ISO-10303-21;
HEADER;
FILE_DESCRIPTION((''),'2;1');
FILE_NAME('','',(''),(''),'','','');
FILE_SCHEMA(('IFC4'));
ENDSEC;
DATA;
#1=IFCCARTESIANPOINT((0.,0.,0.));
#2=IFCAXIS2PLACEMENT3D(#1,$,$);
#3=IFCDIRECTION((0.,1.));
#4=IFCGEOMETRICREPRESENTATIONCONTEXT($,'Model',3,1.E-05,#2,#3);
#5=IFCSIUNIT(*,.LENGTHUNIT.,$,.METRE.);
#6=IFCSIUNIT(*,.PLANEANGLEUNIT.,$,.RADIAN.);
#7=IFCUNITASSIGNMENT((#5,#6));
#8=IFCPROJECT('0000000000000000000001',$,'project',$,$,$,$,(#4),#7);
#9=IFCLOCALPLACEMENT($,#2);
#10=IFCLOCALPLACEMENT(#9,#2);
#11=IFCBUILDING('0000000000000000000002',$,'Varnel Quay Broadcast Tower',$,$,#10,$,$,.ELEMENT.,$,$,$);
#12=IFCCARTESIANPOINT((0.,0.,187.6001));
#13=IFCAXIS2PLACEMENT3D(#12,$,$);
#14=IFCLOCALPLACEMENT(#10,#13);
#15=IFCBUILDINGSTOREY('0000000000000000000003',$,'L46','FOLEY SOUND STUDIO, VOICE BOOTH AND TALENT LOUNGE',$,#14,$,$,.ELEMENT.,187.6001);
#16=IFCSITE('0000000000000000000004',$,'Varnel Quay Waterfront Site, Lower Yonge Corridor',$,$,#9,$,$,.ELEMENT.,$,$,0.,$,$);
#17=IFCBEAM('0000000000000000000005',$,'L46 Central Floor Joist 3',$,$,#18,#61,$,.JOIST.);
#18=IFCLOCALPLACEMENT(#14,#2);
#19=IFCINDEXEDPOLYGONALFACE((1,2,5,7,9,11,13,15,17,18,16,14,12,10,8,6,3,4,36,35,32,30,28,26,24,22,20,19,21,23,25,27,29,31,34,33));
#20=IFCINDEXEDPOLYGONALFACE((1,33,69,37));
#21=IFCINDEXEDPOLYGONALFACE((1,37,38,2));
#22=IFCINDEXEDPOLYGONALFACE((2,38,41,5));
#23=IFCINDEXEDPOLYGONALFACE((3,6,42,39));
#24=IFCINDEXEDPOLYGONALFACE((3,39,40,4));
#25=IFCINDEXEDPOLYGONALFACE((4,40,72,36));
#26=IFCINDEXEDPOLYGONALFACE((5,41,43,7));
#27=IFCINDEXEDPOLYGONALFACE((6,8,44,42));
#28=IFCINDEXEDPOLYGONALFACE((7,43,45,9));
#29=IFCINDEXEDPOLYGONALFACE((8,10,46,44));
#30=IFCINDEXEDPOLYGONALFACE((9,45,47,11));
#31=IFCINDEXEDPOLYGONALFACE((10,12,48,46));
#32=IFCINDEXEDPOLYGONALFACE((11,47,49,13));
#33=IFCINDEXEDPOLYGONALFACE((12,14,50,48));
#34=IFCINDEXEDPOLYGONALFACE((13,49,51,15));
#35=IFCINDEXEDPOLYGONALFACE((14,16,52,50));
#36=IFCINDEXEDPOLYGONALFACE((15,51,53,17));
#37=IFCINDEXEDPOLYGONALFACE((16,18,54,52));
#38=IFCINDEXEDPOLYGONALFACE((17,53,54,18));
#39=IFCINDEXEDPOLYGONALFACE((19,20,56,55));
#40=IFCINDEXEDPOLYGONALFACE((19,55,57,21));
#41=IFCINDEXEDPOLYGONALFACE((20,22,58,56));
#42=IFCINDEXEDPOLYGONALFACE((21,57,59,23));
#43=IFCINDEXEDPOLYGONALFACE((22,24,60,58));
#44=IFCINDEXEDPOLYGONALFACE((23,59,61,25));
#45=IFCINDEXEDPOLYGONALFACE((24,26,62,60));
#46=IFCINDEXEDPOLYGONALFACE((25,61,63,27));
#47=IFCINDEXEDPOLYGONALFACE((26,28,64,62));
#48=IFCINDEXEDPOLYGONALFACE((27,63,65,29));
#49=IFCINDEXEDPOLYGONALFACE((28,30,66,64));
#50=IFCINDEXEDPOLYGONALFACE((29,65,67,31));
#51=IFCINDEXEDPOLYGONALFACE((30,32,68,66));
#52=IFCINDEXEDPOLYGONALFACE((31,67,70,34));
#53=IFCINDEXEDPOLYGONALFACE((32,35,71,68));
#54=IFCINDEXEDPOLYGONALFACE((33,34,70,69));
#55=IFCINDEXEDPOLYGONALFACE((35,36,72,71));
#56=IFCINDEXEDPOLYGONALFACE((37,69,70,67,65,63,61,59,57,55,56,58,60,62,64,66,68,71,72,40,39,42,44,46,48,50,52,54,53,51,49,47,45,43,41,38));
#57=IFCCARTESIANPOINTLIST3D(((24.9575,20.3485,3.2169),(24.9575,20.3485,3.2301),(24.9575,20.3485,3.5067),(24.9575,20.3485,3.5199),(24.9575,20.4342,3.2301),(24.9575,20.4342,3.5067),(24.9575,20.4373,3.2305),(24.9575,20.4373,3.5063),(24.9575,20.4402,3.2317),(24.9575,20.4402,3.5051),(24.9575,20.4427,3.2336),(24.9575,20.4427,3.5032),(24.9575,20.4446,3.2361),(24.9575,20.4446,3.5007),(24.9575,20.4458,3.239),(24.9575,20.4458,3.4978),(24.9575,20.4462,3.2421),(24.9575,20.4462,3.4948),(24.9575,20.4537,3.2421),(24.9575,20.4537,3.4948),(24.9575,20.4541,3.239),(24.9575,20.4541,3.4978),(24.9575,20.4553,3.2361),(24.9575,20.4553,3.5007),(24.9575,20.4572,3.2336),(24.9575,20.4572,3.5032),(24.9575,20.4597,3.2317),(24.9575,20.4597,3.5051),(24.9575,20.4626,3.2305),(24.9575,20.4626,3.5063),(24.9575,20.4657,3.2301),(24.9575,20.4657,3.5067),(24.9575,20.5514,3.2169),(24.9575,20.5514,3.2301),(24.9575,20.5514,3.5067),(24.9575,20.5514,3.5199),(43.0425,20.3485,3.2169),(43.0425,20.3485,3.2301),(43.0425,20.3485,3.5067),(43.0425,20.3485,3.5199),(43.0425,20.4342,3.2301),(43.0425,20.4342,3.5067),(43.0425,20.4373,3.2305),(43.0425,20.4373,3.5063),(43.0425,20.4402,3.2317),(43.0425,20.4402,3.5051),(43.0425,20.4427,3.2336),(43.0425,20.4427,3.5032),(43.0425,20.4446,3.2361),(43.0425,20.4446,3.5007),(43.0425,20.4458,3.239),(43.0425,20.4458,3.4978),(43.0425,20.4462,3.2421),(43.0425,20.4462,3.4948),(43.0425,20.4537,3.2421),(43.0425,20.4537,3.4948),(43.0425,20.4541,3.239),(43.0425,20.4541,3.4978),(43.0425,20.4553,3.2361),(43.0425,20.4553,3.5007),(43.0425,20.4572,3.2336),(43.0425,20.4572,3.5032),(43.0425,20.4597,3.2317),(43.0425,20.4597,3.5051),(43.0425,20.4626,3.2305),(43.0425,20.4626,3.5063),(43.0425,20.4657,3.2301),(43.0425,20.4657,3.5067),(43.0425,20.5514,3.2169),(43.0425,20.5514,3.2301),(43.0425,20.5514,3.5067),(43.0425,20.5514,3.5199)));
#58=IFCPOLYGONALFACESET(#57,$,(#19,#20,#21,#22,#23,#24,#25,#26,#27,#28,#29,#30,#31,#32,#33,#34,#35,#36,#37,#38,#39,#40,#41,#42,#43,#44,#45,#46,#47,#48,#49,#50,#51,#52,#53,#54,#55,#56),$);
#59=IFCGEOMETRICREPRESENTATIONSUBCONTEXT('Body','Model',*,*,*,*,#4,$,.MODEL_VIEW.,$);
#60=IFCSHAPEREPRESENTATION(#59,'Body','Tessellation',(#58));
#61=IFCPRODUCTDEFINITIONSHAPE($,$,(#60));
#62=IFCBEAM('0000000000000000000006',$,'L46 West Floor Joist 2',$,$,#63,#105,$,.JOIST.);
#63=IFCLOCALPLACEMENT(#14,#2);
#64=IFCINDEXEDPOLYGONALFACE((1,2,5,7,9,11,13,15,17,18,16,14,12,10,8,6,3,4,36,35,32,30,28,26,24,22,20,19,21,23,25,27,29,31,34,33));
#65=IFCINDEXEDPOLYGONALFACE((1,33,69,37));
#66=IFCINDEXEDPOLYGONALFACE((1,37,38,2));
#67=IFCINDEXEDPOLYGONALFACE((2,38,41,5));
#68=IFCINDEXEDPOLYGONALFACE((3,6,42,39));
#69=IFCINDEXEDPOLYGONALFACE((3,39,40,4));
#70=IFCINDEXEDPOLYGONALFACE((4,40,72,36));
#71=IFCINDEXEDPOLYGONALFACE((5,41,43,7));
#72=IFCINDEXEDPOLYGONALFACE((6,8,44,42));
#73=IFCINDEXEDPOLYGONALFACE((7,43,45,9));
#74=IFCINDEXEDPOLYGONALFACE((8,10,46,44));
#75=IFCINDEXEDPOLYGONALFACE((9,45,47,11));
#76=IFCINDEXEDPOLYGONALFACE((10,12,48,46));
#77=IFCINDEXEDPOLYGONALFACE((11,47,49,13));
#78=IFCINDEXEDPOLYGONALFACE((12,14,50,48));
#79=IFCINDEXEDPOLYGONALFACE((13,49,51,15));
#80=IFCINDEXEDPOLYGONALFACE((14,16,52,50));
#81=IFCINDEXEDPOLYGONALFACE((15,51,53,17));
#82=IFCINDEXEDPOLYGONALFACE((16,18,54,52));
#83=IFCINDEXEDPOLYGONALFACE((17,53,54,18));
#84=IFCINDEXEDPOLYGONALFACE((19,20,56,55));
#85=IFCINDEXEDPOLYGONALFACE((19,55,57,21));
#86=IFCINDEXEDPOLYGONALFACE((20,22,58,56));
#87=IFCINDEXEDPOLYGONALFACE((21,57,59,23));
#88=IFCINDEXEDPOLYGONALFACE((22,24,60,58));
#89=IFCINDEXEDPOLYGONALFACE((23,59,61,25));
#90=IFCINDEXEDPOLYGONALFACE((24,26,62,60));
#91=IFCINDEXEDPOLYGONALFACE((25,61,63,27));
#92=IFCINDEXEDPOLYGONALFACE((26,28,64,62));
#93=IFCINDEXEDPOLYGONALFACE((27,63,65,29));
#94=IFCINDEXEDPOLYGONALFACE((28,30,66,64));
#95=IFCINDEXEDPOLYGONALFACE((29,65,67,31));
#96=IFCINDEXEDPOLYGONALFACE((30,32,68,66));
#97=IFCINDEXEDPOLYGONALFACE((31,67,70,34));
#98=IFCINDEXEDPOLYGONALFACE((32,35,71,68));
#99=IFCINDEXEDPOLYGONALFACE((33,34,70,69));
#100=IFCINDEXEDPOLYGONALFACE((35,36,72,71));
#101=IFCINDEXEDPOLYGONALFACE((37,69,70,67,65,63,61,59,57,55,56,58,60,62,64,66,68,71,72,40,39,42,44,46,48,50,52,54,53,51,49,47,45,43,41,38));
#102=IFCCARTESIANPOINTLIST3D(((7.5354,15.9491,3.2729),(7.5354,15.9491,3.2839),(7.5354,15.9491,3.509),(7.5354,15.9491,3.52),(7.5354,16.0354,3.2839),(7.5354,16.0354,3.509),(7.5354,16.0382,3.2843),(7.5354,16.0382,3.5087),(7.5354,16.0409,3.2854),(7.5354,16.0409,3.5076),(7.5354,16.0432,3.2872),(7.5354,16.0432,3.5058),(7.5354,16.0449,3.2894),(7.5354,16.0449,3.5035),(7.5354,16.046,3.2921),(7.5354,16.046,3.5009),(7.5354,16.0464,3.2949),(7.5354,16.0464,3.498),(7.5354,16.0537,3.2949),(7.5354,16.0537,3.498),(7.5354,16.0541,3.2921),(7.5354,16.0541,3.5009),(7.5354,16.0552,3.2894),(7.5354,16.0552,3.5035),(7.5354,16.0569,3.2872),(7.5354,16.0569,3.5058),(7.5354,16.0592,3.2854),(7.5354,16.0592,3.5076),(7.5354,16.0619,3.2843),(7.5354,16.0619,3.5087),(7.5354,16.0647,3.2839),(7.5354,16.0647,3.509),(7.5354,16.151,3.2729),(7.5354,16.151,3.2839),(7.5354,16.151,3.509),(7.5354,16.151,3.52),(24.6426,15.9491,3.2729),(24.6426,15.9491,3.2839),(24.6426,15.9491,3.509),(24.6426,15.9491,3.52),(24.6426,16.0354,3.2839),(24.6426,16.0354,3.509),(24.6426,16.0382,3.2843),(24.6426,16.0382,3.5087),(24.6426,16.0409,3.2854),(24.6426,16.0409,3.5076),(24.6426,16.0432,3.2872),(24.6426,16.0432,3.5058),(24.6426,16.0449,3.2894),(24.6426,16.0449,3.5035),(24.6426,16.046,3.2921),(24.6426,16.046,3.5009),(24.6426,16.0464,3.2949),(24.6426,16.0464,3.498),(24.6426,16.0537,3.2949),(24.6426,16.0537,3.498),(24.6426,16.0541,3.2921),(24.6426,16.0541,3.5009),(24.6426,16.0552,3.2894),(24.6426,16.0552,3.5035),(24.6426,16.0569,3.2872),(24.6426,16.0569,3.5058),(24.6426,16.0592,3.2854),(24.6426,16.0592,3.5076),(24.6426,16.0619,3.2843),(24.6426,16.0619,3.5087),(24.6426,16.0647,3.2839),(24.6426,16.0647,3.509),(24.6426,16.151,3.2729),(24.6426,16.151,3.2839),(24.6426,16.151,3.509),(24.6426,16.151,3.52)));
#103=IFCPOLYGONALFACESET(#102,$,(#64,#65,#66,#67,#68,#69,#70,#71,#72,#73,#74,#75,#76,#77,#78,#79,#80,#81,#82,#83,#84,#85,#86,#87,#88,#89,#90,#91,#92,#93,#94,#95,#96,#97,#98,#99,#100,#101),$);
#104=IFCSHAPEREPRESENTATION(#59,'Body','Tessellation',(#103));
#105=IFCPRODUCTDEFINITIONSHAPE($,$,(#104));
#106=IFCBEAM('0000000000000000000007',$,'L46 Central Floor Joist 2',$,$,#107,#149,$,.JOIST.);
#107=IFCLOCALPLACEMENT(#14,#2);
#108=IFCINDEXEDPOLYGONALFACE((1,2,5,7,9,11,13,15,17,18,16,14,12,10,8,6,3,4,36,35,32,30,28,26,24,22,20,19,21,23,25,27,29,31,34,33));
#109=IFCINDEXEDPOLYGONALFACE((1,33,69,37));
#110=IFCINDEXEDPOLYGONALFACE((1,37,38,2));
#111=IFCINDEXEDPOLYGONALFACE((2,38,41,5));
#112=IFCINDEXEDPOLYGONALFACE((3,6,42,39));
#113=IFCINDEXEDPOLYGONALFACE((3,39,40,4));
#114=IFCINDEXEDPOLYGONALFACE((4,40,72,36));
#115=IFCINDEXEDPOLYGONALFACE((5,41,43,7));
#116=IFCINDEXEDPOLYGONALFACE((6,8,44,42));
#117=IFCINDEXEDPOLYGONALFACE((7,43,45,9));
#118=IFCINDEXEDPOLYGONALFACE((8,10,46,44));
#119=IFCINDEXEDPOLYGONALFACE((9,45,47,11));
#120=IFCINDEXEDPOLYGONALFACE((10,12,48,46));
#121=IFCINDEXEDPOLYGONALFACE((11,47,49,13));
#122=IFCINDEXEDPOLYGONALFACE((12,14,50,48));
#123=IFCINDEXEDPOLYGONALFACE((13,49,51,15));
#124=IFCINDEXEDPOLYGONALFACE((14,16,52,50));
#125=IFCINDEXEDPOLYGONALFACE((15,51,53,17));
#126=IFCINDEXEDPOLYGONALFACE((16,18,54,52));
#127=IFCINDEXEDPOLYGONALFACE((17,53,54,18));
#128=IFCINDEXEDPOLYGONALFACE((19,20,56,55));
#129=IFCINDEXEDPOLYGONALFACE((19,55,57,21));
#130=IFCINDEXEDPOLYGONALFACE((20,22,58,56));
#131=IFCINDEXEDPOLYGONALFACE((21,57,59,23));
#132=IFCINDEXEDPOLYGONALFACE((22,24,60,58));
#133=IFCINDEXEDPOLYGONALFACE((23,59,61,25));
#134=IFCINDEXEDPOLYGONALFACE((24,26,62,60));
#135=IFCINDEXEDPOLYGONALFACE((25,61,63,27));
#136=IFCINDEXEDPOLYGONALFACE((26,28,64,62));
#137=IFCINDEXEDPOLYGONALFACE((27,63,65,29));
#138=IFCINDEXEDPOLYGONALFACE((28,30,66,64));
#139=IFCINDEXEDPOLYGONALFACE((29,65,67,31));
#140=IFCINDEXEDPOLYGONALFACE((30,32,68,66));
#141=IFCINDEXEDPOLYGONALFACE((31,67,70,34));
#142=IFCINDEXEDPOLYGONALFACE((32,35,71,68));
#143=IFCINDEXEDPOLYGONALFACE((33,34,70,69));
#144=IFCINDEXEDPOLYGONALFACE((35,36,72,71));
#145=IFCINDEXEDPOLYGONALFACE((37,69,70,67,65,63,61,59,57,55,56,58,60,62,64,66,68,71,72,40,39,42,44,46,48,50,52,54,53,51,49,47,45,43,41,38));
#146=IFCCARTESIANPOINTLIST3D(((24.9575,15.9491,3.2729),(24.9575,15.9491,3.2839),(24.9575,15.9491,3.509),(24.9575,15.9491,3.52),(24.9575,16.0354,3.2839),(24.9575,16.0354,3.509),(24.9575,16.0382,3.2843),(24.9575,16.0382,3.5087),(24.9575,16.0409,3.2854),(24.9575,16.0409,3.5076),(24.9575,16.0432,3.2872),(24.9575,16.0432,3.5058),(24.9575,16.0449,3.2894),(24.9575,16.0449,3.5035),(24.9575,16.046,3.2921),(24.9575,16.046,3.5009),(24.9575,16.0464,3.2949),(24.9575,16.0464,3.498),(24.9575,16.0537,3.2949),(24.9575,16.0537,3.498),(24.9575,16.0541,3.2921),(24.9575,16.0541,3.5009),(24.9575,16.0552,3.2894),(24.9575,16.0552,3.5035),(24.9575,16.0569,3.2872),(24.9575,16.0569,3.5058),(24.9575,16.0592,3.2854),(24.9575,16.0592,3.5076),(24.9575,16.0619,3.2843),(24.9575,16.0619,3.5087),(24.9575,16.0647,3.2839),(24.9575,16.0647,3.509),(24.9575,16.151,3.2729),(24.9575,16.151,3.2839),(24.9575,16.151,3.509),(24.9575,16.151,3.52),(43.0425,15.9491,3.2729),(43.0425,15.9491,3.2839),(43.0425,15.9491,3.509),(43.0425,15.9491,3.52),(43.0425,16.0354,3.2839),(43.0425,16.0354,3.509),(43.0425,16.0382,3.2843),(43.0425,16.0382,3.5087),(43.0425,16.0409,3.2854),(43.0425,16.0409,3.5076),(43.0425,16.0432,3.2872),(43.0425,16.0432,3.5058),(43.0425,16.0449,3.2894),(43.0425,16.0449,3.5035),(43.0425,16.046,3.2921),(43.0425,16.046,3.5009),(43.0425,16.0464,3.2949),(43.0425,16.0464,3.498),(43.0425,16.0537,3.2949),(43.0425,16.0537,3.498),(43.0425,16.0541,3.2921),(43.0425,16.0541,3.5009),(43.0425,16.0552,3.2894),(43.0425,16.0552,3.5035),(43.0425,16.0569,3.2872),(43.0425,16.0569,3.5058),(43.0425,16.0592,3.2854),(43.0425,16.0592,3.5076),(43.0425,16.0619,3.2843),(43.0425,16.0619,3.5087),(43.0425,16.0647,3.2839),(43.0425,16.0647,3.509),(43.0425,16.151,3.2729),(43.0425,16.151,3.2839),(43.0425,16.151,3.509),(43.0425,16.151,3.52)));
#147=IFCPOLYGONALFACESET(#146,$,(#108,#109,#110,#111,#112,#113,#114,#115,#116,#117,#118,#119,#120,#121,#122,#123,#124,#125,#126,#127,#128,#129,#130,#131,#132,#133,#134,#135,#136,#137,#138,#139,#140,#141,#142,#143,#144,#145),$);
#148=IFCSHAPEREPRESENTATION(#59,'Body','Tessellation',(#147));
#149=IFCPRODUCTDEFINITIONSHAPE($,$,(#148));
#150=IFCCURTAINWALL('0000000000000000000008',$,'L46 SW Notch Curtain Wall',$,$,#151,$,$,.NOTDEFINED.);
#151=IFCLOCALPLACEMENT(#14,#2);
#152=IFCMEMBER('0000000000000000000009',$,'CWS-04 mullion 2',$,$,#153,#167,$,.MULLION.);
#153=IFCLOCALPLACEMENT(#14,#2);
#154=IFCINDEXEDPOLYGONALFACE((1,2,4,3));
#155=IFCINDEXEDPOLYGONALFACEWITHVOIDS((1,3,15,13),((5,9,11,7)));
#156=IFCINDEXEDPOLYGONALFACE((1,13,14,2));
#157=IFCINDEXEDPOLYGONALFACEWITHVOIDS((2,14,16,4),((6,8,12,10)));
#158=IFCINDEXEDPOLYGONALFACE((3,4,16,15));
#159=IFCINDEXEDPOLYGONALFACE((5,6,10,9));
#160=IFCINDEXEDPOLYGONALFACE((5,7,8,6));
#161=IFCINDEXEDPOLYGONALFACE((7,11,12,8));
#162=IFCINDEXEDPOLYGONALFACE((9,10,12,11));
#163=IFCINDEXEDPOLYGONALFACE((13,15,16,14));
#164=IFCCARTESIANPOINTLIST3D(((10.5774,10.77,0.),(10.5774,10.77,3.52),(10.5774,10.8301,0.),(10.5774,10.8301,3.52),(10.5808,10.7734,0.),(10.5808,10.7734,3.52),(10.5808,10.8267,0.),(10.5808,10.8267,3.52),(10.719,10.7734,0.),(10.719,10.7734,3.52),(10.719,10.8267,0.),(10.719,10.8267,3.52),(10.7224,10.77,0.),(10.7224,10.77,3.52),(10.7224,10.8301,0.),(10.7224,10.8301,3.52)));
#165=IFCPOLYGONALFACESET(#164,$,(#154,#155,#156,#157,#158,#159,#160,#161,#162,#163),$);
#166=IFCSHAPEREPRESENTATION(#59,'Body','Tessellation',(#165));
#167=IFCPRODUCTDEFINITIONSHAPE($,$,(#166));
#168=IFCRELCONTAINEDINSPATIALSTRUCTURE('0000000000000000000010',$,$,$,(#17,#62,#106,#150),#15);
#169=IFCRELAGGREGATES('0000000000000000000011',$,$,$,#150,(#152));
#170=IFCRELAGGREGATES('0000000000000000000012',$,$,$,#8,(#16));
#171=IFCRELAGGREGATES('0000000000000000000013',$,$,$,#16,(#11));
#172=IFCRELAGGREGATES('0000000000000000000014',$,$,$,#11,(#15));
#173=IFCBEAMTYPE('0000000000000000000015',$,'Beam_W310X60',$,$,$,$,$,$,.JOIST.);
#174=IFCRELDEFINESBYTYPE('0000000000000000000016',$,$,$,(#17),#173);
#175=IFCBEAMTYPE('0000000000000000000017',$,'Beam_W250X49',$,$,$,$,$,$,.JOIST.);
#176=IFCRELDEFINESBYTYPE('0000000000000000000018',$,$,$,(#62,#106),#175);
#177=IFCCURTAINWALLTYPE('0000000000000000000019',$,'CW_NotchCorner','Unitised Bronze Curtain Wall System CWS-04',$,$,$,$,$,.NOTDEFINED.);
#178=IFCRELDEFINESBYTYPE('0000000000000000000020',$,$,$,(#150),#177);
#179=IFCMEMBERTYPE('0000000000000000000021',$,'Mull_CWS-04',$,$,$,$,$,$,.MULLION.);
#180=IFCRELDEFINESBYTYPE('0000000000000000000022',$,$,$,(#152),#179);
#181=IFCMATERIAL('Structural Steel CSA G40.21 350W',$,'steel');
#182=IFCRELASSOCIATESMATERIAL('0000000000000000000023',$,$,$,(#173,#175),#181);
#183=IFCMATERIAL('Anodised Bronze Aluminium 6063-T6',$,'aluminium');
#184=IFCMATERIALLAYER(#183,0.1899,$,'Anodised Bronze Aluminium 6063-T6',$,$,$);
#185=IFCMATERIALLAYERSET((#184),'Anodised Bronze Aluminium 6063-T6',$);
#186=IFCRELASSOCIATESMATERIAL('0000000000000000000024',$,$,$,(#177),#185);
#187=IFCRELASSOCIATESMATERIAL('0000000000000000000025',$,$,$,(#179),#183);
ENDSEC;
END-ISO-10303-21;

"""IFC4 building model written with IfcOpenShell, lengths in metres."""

from ifc_helpers import new_model, si_unit, direction, frame, origin, origin_2d, place, context, subcontext, project, spatial, hollow_rectangle, i_section, extrude, source, transform, mapped, material, layer, layer_set, material_profile, profile_set, type_object, type_shapes, element, aggregate, save


model = new_model("IFC4")

# Units and contexts
model_context = context("Model", 3, precision=1e-05, world=origin(), true_north=direction((0.0, 1.0)))
body_context = subcontext(model_context, "Body", "Model", "MODEL_VIEW")
ifc_project = project(units=[si_unit("LENGTHUNIT", "METRE"), si_unit("PLANEANGLEUNIT", "RADIAN")], contexts=[model_context])

# Site, building, storey
site_placement = place(None, origin())
site = spatial("IfcSite", under=ifc_project, at=site_placement, Name="Varnel Quay Waterfront Site, Lower Yonge Corridor", CompositionType="ELEMENT", RefElevation=0.0)
building_placement = place(site_placement, origin())
building = spatial("IfcBuilding", under=site, at=building_placement, Name="Varnel Quay Broadcast Tower", CompositionType="ELEMENT")
storey_placement = place(building_placement, frame((0.0, 0.0, 187.6001)))
storey = spatial("IfcBuildingStorey", under=building, at=storey_placement, Name="L46", Description="FOLEY SOUND STUDIO, VOICE BOOTH AND TALENT LOUNGE", CompositionType="ELEMENT", Elevation=187.6001)

# Shared definitions
ifc_material_1 = material(Name="Structural Steel CSA G40.21 350W", Category="steel")

# Beams
ifc_material_profile_1 = material_profile(ifc_material_1, i_section(OverallWidth=0.2029, OverallDepth=0.303, WebThickness=0.0076, FlangeThickness=0.0132, FilletRadius=0.012, at=origin_2d()), Name="W310X60")
ifc_profile_set_1 = profile_set([ifc_material_profile_1], Name="Structural Steel CSA G40.21 350W")
beam_type_1 = type_object("IfcBeamType", Name="Beam_W310X60", PredefinedType="JOIST", material=ifc_profile_set_1)
shared_shape_1 = source(origin(), body_context, "Body", "SweptSolid", [
    extrude(i_section(OverallWidth=0.2029, OverallDepth=0.303, WebThickness=0.0076, FlangeThickness=0.0132, FilletRadius=0.012, at=origin_2d()), origin(), (0.0, 0.0, 1.0), 18.085),
])
for number, where, z_axis, x_axis, name in (
    (1, (24.9575, 20.45, 3.3684), (1.0, 0.0, 0.0), (0.0, 1.0, 0.0), "L46 Central Floor Joist 3"),
):
    element("IfcBeam", number, at=place(storey_placement, frame(where, z_axis=z_axis, x_axis=x_axis)), inside=storey, type_object=beam_type_1, Name=name, PredefinedType="JOIST", context=body_context, shape_type="MappedRepresentation", body=[
        mapped(shared_shape_1, transform((0.0, 0.0, 0.0), x_axis=(1.0, 0.0, 0.0), y_axis=(0.0, 1.0, 0.0), z_axis=(0.0, 0.0, 1.0), scale=1.0)),
    ])
ifc_material_profile_2 = material_profile(ifc_material_1, i_section(OverallWidth=0.2019, OverallDepth=0.2471, WebThickness=0.0073, FlangeThickness=0.011, FilletRadius=0.011, at=origin_2d()), Name="W250X49")
ifc_profile_set_2 = profile_set([ifc_material_profile_2], Name="Structural Steel CSA G40.21 350W")
beam_type_2 = type_object("IfcBeamType", Name="Beam_W250X49", PredefinedType="JOIST", material=ifc_profile_set_2)
shared_shape_2 = source(origin(), body_context, "Body", "SweptSolid", [
    extrude(i_section(OverallWidth=0.2019, OverallDepth=0.2471, WebThickness=0.0073, FlangeThickness=0.011, FilletRadius=0.011, at=origin_2d()), origin(), (0.0, 0.0, 1.0), 17.1072),
])
beam_1_placement = place(storey_placement, frame((7.5354, 16.05, 3.3965), z_axis=(1.0, 0.0, 0.0), x_axis=(0.0, 1.0, 0.0)))
element("IfcBeam", 2, at=beam_1_placement, inside=storey, type_object=beam_type_2, Name="L46 West Floor Joist 2", PredefinedType="JOIST", context=body_context, shape_type="MappedRepresentation", body=[
    mapped(shared_shape_2, transform((0.0, 0.0, 0.0), x_axis=(1.0, 0.0, 0.0), y_axis=(0.0, 1.0, 0.0), z_axis=(0.0, 0.0, 1.0), scale=1.0)),
])
shared_shape_3 = source(origin(), body_context, "Body", "SweptSolid", [
    extrude(i_section(OverallWidth=0.2019, OverallDepth=0.2471, WebThickness=0.0073, FlangeThickness=0.011, FilletRadius=0.011, at=origin_2d()), origin(), (0.0, 0.0, 1.0), 18.085),
])
type_shapes(beam_type_2, [shared_shape_2, shared_shape_3])
beam_2_placement = place(storey_placement, frame((24.9575, 16.05, 3.3965), z_axis=(1.0, 0.0, 0.0), x_axis=(0.0, 1.0, 0.0)))
element("IfcBeam", 3, at=beam_2_placement, inside=storey, type_object=beam_type_2, Name="L46 Central Floor Joist 2", PredefinedType="JOIST", context=body_context, shape_type="MappedRepresentation", body=[
    mapped(shared_shape_3, transform((0.0, 0.0, 0.0), x_axis=(1.0, 0.0, 0.0), y_axis=(0.0, 1.0, 0.0), z_axis=(0.0, 0.0, 1.0), scale=1.0)),
])

# Curtain wall, member
ifc_material_2 = material(Name="Anodised Bronze Aluminium 6063-T6", Category="aluminium")
ifc_layer_1 = layer(ifc_material_2, 0.1899, Name="Anodised Bronze Aluminium 6063-T6")
ifc_layer_set_1 = layer_set([ifc_layer_1], Name="Anodised Bronze Aluminium 6063-T6")
curtain_wall_type_1 = type_object("IfcCurtainWallType", Name="CW_NotchCorner", Description="Unitised Bronze Curtain Wall System CWS-04", PredefinedType="NOTDEFINED", material=ifc_layer_set_1)
curtain_wall_1_placement = place(storey_placement, origin())
curtain_wall_1 = element("IfcCurtainWall", 4, at=curtain_wall_1_placement, inside=storey, type_object=curtain_wall_type_1, Name="L46 SW Notch Curtain Wall", PredefinedType="NOTDEFINED")
ifc_material_profile_3 = material_profile(ifc_material_2, hollow_rectangle(XDim=0.0601, YDim=0.145, WallThickness=0.0034, at=origin_2d()), Name="ALU60X145X3.5")
ifc_profile_set_3 = profile_set([ifc_material_profile_3], Name="Anodised Bronze Aluminium 6063-T6")
member_type_1 = type_object("IfcMemberType", Name="Mull_CWS-04", PredefinedType="MULLION", material=ifc_profile_set_3)
shared_shape_4 = source(origin(), body_context, "Body", "SweptSolid", [
    extrude(hollow_rectangle(XDim=0.0601, YDim=0.145, WallThickness=0.0034, at=origin_2d()), origin(), (0.0, 0.0, 1.0), 3.52),
])
type_shapes(member_type_1, [shared_shape_4])
member_1_placement = place(storey_placement, frame((10.6499, 10.8, 0.0), z_axis=(0.0, 0.0, 1.0), x_axis=(0.0, 1.0, 0.0)))
member_1 = element("IfcMember", 5, at=member_1_placement, type_object=member_type_1, Name="CWS-04 mullion 2", PredefinedType="MULLION", context=body_context, shape_type="MappedRepresentation", body=[
    mapped(shared_shape_4, transform((0.0, 0.0, 0.0), x_axis=(1.0, 0.0, 0.0), y_axis=(0.0, 1.0, 0.0), z_axis=(0.0, 0.0, 1.0), scale=1.0)),
])

aggregate(curtain_wall_1, [member_1])

save(model, "model.ifc")
